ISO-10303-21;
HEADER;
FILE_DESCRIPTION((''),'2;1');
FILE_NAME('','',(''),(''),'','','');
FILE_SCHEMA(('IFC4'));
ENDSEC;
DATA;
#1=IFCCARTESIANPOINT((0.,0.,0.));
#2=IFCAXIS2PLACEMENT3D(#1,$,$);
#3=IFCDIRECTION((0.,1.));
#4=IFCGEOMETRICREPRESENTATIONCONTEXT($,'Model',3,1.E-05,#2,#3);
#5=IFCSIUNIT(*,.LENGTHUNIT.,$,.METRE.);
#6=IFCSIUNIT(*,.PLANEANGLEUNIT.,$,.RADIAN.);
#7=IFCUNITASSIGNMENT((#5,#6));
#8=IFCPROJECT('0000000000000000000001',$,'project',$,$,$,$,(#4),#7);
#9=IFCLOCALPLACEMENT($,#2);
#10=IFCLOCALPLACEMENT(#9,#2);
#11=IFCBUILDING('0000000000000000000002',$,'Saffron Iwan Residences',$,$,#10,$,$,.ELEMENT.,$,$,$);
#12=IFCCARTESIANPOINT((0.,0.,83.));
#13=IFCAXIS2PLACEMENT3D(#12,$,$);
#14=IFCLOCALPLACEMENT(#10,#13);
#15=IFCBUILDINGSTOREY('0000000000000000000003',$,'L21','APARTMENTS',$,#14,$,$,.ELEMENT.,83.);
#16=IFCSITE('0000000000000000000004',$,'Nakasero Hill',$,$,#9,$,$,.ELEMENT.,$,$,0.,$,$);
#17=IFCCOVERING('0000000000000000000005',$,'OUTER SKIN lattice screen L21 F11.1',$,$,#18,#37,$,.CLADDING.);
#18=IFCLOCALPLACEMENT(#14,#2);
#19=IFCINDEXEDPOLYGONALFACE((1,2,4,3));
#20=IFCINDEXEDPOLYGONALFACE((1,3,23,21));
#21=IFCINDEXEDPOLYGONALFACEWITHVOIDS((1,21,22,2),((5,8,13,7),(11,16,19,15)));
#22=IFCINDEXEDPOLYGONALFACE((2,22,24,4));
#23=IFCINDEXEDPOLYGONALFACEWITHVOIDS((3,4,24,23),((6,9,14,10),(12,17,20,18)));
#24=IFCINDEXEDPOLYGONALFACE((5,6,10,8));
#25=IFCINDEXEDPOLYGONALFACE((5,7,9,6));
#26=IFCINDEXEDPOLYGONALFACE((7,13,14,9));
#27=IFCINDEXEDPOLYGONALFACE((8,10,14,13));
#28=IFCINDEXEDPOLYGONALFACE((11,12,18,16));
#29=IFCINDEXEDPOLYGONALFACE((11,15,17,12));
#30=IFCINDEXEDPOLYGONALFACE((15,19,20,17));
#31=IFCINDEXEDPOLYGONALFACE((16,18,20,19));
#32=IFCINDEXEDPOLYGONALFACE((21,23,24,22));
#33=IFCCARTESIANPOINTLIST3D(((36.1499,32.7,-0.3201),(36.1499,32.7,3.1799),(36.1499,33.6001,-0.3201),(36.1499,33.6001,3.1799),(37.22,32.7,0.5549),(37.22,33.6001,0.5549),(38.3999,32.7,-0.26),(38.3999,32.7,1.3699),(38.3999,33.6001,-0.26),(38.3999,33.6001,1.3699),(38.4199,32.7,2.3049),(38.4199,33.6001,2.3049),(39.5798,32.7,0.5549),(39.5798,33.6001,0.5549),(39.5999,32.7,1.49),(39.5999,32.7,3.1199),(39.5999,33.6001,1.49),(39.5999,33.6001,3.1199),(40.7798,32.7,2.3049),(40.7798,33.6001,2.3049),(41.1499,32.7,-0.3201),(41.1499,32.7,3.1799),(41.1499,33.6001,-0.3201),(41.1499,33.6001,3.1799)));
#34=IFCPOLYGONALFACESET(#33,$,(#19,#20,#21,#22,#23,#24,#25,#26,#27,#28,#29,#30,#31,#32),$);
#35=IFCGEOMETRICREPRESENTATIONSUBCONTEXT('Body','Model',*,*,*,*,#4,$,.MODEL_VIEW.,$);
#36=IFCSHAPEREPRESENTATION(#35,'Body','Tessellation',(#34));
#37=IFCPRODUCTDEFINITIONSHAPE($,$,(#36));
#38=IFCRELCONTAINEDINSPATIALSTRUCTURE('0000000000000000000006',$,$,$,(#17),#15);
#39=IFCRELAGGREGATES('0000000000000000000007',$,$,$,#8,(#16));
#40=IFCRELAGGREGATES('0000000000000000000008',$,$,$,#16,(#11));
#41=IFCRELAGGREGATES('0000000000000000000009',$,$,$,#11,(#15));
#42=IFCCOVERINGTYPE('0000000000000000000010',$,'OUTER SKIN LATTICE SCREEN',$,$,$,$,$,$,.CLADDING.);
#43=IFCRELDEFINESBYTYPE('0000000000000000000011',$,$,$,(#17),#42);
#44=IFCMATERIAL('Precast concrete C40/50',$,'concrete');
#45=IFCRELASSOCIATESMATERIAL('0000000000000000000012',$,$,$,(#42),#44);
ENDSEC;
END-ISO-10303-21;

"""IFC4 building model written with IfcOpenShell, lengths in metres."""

from ifc_helpers import new_model, si_unit, direction, frame, origin, place, context, subcontext, project, spatial, polyline, outline, extrude, material, type_object, element, save


model = new_model("IFC4")

# Units and contexts
model_context = context("Model", 3, precision=1e-05, world=origin(), true_north=direction((0.0, 1.0)))
body_context = subcontext(model_context, "Body", "Model", "MODEL_VIEW")
ifc_project = project(units=[si_unit("LENGTHUNIT", "METRE"), si_unit("PLANEANGLEUNIT", "RADIAN")], contexts=[model_context])

# Site, building, storey
site_placement = place(None, origin())
site = spatial("IfcSite", under=ifc_project, at=site_placement, Name="Nakasero Hill", CompositionType="ELEMENT", RefElevation=0.0)
building_placement = place(site_placement, origin())
building = spatial("IfcBuilding", under=site, at=building_placement, Name="Saffron Iwan Residences", CompositionType="ELEMENT")
storey_placement = place(building_placement, frame((0.0, 0.0, 83.0)))
storey = spatial("IfcBuildingStorey", under=building, at=storey_placement, Name="L21", Description="APARTMENTS", CompositionType="ELEMENT", Elevation=83.0)

# Covering
ifc_material_1 = material(Name="Precast concrete C40/50", Category="concrete")
covering_type = type_object("IfcCoveringType", Name="OUTER SKIN LATTICE SCREEN", PredefinedType="CLADDING", material=ifc_material_1)
covering_1_placement = place(storey_placement, frame((36.1499, 33.6001, -0.3201), z_axis=(0.0, -1.0, 0.0), x_axis=(1.0, 0.0, 0.0)))
element("IfcCovering", 1, at=covering_1_placement, inside=storey, type_object=covering_type, Name="OUTER SKIN lattice screen L21 F11.1", PredefinedType="CLADDING", context=body_context, shape_type="SweptSolid", body=[
    extrude(outline(polyline([(0.0, 0.0), (5.0, 0.0), (5.0, 3.5), (0.0, 3.5), (0.0, 0.0)]), holes=[polyline([(1.0701, 0.875), (2.25, 0.0601), (3.4299, 0.875), (2.25, 1.6899), (1.0701, 0.875)]), polyline([(2.27, 2.625), (3.45, 1.8101), (4.6299, 2.625), (3.45, 3.4399), (2.27, 2.625)])]), origin(), (0.0, 0.0, 1.0), 0.9001),
])

save(model, "model.ifc")
